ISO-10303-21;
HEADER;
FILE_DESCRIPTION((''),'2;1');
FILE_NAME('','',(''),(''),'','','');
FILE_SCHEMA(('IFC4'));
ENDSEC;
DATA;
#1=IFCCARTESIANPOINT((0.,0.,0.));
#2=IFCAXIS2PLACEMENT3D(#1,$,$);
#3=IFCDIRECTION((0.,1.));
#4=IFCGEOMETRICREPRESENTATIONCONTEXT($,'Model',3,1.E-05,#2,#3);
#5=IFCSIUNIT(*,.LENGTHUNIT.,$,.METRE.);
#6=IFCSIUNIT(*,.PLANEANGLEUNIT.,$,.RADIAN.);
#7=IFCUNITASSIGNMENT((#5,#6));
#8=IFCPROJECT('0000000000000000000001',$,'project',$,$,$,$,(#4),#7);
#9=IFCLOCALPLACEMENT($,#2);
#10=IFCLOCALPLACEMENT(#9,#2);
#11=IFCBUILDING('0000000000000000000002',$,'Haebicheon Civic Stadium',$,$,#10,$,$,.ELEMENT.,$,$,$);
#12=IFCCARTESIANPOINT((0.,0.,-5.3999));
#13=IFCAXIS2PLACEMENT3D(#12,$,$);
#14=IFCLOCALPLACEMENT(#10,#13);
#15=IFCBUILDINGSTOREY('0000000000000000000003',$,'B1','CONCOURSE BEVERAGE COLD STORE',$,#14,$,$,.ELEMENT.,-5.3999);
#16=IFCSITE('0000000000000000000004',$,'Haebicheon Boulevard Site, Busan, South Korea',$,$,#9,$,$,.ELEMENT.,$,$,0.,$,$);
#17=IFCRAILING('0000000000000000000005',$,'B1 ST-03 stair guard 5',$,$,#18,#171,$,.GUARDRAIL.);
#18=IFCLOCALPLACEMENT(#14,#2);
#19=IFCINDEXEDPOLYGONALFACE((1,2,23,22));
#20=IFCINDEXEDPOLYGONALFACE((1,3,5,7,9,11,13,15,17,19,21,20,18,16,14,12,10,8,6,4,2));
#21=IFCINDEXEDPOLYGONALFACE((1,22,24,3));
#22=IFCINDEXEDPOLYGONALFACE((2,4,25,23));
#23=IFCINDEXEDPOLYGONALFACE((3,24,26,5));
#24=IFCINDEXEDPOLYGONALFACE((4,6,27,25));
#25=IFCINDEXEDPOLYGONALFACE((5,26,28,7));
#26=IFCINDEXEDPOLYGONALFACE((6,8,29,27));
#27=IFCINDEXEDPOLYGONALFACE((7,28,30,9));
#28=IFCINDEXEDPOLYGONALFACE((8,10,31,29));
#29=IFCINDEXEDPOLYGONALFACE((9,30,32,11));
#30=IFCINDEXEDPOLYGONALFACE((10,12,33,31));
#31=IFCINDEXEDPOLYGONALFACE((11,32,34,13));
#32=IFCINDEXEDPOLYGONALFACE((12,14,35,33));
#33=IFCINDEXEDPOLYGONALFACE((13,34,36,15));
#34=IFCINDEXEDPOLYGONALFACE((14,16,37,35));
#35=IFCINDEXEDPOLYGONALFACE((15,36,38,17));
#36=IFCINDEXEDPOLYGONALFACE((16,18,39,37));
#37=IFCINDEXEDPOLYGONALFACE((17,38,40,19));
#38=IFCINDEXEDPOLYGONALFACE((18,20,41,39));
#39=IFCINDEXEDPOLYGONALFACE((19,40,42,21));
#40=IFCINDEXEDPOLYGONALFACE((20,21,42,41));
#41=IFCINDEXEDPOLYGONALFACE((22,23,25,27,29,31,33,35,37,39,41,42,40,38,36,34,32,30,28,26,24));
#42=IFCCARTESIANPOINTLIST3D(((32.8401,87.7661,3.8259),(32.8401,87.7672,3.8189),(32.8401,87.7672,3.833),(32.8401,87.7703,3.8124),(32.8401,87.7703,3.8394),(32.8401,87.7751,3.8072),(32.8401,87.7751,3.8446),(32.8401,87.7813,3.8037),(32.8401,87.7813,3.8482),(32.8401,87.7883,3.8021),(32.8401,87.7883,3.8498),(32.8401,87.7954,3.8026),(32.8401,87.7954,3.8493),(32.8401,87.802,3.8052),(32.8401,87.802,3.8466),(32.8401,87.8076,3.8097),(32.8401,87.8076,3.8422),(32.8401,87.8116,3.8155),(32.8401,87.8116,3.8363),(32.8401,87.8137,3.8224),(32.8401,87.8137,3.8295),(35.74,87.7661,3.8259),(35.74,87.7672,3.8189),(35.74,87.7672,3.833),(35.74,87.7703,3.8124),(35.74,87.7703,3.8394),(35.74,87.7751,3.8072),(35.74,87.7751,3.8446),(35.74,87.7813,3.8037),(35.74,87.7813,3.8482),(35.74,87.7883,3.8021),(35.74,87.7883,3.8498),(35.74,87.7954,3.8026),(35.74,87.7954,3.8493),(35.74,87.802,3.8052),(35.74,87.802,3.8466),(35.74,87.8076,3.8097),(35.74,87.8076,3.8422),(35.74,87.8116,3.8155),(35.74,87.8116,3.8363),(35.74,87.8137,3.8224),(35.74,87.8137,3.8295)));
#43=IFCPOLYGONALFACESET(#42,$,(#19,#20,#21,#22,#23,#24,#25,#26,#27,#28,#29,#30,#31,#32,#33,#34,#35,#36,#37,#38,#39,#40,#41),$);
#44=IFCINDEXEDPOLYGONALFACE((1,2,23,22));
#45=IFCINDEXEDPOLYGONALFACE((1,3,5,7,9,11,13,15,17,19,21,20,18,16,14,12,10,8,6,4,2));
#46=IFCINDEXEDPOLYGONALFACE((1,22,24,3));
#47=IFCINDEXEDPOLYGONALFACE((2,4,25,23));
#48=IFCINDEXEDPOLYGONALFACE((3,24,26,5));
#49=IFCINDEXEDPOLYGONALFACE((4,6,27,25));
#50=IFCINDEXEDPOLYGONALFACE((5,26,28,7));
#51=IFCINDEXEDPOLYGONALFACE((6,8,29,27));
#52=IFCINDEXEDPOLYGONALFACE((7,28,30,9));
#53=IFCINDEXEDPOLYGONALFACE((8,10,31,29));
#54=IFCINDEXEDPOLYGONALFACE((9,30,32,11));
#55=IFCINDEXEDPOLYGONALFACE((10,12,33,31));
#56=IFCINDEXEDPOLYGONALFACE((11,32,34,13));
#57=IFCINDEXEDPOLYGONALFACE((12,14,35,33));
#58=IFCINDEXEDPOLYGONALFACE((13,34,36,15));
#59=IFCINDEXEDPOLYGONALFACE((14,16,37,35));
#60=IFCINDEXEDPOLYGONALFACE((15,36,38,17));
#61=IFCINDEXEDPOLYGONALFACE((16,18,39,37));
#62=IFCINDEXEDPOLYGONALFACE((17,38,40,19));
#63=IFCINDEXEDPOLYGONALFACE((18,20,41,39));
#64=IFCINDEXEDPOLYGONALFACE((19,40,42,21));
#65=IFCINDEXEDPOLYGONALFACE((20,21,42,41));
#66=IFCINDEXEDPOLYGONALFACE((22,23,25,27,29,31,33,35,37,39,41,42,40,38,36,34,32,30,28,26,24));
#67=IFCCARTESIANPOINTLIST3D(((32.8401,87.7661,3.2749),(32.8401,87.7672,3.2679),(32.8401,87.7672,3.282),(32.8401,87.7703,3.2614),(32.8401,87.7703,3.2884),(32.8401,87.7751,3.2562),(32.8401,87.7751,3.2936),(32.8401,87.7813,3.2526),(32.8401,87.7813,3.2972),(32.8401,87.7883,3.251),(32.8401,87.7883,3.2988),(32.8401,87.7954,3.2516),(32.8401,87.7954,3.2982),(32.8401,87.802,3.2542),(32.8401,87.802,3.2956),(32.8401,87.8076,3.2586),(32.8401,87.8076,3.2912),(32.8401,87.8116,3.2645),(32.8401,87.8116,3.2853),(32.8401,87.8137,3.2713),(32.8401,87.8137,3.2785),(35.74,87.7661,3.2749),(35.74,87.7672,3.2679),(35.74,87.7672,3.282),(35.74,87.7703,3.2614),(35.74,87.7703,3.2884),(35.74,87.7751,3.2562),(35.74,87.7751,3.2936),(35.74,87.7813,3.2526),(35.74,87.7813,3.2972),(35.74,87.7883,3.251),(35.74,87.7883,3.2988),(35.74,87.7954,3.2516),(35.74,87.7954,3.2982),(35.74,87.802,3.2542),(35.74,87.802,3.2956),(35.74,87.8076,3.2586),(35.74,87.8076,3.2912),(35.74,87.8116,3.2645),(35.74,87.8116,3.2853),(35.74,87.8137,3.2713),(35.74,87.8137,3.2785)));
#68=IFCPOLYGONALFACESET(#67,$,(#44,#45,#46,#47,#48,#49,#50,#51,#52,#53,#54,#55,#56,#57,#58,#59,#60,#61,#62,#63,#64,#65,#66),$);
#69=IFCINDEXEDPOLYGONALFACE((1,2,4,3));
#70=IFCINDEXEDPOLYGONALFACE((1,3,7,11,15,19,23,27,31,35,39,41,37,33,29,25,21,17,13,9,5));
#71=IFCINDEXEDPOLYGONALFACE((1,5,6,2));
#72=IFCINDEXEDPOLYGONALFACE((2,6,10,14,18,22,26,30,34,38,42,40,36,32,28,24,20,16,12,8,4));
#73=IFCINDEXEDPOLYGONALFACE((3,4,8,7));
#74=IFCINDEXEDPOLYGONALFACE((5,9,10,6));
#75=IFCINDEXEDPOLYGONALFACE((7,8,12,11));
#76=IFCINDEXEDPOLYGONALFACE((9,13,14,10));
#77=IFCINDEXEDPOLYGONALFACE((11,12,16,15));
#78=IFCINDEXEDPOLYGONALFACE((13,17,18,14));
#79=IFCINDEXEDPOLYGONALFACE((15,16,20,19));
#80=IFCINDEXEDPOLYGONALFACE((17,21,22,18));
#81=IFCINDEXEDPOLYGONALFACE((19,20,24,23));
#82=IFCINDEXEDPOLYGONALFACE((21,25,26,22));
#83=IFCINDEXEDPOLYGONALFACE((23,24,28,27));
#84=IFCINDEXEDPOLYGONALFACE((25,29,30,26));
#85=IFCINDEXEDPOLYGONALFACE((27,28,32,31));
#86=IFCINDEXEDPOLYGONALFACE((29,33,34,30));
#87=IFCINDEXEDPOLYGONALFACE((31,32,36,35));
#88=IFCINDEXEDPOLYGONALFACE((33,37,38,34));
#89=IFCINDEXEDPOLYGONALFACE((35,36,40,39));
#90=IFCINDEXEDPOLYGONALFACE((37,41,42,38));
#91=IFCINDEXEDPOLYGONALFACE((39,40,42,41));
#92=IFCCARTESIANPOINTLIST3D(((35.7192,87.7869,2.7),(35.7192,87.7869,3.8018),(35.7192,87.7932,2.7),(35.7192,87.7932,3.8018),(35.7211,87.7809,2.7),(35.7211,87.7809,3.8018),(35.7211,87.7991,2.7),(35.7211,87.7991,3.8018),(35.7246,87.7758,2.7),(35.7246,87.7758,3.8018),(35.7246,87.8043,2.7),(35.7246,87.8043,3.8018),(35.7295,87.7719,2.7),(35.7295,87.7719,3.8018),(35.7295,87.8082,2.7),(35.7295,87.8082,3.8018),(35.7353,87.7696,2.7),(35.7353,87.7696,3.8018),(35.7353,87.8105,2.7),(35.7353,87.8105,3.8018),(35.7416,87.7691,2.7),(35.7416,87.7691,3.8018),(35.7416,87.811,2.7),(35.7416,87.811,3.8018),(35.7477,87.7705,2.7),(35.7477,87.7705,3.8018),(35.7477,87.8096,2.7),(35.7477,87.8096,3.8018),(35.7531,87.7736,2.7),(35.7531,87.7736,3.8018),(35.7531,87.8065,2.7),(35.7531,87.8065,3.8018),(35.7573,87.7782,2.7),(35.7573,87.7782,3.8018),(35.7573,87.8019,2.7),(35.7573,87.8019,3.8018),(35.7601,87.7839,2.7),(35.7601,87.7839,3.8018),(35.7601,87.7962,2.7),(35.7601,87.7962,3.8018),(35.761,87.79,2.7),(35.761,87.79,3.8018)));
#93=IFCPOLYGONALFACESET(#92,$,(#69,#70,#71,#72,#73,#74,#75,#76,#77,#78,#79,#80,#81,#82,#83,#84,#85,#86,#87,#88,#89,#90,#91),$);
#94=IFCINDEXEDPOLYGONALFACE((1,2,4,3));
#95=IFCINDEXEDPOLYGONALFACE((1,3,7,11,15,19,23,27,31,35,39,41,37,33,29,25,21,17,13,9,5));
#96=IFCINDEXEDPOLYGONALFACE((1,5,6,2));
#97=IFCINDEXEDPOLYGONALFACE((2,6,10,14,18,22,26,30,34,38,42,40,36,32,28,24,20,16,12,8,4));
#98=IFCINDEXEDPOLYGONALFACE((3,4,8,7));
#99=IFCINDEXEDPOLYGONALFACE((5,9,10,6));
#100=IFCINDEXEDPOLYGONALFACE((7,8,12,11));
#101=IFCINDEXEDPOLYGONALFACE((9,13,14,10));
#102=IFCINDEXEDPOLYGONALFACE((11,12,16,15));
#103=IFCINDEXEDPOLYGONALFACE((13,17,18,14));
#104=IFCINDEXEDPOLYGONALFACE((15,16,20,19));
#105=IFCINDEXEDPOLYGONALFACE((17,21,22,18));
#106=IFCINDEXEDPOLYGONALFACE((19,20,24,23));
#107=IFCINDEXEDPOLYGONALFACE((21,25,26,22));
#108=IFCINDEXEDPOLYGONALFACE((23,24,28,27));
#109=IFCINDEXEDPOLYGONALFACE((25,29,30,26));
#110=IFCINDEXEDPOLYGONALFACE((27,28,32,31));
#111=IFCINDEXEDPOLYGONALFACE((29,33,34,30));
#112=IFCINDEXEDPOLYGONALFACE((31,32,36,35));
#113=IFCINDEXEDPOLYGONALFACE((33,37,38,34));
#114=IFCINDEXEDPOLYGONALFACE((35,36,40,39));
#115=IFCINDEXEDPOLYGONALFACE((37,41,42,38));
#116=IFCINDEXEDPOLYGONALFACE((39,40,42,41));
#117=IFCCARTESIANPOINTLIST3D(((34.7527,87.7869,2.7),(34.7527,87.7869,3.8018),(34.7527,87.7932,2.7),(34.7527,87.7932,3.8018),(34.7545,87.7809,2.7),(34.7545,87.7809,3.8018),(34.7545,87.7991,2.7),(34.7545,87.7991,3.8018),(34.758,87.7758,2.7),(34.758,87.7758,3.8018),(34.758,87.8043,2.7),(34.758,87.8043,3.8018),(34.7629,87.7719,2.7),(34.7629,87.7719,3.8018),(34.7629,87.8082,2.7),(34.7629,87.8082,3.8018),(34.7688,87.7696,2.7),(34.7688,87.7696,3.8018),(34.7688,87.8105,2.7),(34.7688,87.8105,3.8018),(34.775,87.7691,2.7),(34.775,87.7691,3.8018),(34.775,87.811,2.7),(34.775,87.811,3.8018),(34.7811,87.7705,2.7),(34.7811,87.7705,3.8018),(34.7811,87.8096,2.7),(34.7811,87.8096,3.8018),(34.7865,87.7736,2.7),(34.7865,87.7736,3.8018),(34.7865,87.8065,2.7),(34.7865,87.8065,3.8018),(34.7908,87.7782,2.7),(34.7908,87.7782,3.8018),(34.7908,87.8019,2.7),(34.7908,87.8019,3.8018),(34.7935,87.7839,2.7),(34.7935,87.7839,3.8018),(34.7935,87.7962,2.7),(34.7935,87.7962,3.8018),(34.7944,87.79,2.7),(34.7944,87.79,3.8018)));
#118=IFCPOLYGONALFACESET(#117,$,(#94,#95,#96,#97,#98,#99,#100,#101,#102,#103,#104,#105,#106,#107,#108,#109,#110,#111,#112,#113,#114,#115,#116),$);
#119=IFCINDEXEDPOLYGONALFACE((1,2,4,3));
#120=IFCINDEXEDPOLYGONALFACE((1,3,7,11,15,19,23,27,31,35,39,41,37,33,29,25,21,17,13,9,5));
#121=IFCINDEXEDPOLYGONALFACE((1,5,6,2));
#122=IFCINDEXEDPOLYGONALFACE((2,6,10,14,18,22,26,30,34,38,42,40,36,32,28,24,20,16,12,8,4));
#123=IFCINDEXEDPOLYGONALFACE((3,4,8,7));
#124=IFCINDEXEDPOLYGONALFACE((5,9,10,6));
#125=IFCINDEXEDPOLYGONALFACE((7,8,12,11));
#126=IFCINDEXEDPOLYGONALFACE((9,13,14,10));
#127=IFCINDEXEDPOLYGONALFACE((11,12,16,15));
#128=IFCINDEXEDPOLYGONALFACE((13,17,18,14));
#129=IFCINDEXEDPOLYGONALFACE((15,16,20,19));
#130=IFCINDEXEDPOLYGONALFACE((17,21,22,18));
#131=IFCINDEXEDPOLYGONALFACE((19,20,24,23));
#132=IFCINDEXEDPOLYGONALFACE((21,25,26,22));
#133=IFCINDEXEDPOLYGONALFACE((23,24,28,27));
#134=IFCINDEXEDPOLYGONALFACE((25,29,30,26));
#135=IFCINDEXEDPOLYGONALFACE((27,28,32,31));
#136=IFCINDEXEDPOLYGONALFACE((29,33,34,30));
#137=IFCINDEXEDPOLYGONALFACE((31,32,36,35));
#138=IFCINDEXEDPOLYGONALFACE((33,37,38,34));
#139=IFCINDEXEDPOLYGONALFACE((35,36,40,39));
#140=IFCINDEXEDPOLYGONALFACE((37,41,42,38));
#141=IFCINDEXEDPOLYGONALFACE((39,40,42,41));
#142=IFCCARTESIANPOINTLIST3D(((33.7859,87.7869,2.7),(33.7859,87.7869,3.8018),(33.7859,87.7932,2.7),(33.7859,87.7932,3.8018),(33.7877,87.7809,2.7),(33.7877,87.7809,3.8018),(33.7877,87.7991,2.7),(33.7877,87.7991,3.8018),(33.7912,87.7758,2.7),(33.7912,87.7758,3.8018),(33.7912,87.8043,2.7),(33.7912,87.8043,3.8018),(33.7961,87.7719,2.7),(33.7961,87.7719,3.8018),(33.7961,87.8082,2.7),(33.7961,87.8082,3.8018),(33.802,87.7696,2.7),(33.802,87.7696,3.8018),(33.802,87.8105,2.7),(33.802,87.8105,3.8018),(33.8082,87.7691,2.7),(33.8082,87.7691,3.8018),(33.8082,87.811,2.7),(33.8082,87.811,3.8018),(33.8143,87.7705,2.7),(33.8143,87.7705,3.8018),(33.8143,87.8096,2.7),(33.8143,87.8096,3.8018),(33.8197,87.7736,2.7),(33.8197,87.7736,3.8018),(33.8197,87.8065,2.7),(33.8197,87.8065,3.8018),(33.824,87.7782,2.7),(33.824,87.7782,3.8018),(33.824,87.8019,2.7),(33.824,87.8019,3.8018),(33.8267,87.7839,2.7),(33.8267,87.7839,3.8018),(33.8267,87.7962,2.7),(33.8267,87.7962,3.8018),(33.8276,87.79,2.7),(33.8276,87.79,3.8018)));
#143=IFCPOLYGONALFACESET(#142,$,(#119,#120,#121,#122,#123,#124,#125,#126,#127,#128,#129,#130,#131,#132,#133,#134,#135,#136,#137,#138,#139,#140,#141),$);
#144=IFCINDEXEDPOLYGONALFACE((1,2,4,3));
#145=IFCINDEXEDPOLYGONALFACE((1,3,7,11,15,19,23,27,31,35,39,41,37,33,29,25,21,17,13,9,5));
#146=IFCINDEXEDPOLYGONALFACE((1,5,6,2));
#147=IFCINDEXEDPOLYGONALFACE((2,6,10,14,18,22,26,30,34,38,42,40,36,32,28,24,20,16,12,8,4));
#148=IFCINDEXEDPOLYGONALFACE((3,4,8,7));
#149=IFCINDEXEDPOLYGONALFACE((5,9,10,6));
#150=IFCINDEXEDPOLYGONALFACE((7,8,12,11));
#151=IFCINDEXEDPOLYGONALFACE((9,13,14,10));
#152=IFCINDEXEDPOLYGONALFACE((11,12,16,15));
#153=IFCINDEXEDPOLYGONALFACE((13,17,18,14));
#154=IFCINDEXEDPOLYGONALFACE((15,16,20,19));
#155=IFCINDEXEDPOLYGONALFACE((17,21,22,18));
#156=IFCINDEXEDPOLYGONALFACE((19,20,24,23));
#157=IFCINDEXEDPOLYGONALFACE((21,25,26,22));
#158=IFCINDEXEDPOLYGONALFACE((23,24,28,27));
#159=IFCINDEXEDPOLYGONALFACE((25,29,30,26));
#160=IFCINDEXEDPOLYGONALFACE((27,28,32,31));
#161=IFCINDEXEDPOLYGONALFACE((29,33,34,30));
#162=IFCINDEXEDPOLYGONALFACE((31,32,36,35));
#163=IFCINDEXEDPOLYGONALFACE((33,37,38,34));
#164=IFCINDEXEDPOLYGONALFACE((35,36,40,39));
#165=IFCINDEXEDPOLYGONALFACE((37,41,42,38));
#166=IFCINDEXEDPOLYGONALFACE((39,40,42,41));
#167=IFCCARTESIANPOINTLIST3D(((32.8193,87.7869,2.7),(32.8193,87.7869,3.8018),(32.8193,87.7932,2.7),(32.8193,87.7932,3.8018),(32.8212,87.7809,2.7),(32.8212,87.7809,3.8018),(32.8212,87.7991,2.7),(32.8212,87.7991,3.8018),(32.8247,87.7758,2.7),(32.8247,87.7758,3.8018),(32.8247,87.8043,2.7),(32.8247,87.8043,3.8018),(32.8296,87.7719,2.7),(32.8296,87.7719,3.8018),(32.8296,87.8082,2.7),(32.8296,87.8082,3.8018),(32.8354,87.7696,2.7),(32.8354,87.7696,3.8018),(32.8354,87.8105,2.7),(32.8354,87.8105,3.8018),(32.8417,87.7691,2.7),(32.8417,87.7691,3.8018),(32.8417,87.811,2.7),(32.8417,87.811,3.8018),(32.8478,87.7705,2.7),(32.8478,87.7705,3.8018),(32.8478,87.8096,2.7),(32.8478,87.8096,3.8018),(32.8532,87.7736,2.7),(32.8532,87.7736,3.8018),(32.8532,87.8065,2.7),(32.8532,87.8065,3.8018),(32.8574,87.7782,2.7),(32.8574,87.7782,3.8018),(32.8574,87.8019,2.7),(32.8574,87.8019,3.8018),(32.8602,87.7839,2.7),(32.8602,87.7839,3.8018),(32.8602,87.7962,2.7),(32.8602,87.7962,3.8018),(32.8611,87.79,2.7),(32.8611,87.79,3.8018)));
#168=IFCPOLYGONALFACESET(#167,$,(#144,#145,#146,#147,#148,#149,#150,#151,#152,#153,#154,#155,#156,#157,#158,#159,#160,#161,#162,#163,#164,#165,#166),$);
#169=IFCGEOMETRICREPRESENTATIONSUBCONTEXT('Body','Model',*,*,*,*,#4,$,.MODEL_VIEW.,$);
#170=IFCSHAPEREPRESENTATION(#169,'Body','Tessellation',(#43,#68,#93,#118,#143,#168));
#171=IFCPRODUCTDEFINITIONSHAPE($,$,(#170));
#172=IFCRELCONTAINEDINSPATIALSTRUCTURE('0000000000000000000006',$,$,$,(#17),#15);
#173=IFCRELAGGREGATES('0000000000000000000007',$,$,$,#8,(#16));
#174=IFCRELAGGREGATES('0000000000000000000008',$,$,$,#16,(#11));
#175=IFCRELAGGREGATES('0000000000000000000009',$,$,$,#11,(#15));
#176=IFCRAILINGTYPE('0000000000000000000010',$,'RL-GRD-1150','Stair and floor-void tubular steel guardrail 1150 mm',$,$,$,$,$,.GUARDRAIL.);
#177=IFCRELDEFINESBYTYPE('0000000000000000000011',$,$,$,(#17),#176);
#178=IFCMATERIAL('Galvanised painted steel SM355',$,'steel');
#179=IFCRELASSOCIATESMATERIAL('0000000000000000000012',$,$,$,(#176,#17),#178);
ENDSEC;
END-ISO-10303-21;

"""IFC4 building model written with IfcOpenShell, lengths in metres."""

from ifc_helpers import new_model, si_unit, direction, frame, origin, origin_2d, place, context, subcontext, project, spatial, circle, extrude, material, type_object, element, save


model = new_model("IFC4")

# Units and contexts
model_context = context("Model", 3, precision=1e-05, world=origin(), true_north=direction((0.0, 1.0)))
body_context = subcontext(model_context, "Body", "Model", "MODEL_VIEW")
ifc_project = project(units=[si_unit("LENGTHUNIT", "METRE"), si_unit("PLANEANGLEUNIT", "RADIAN")], contexts=[model_context])

# Site, building, storey
site_placement = place(None, origin())
site = spatial("IfcSite", under=ifc_project, at=site_placement, Name="Haebicheon Boulevard Site, Busan, South Korea", CompositionType="ELEMENT", RefElevation=0.0)
building_placement = place(site_placement, origin())
building = spatial("IfcBuilding", under=site, at=building_placement, Name="Haebicheon Civic Stadium", CompositionType="ELEMENT")
storey_placement = place(building_placement, frame((0.0, 0.0, -5.3999)))
storey = spatial("IfcBuildingStorey", under=building, at=storey_placement, Name="B1", Description="CONCOURSE BEVERAGE COLD STORE", CompositionType="ELEMENT", Elevation=-5.3999)

# Railing
ifc_material_1 = material(Name="Galvanised painted steel SM355", Category="steel")
railing_type = type_object("IfcRailingType", Name="RL-GRD-1150", Description="Stair and floor-void tubular steel guardrail 1150 mm", PredefinedType="GUARDRAIL", material=ifc_material_1)
railing_1_placement = place(storey_placement, frame((35.74, 87.79, 2.7)))
element("IfcRailing", 1, at=railing_1_placement, inside=storey, type_object=railing_type, material=ifc_material_1, Name="B1 ST-03 stair guard 5", PredefinedType="GUARDRAIL", context=body_context, shape_type="SweptSolid", body=[
    extrude(circle(Radius=0.0239, at=origin_2d()), frame((0.0, 0.0, 1.126), z_axis=(-1.0, 0.0, 0.0), x_axis=(0.0, -1.0, 0.0)), (0.0, 0.0, 1.0), 2.8999),
    extrude(circle(Radius=0.0239, at=origin_2d()), frame((0.0, 0.0, 0.575), z_axis=(-1.0, 0.0, 0.0), x_axis=(0.0, -1.0, 0.0)), (0.0, 0.0, 1.0), 2.8999),
    extrude(circle(Radius=0.021, at=origin_2d()), origin(), (0.0, 0.0, 1.0), 1.1018),
    extrude(circle(Radius=0.021, at=origin_2d()), frame((-0.9666, 0.0, 0.0)), (0.0, 0.0, 1.0), 1.1018),
    extrude(circle(Radius=0.021, at=origin_2d()), frame((-1.9333, 0.0, 0.0)), (0.0, 0.0, 1.0), 1.1018),
    extrude(circle(Radius=0.021, at=origin_2d()), frame((-2.8999, 0.0, 0.0)), (0.0, 0.0, 1.0), 1.1018),
])

save(model, "model.ifc")
